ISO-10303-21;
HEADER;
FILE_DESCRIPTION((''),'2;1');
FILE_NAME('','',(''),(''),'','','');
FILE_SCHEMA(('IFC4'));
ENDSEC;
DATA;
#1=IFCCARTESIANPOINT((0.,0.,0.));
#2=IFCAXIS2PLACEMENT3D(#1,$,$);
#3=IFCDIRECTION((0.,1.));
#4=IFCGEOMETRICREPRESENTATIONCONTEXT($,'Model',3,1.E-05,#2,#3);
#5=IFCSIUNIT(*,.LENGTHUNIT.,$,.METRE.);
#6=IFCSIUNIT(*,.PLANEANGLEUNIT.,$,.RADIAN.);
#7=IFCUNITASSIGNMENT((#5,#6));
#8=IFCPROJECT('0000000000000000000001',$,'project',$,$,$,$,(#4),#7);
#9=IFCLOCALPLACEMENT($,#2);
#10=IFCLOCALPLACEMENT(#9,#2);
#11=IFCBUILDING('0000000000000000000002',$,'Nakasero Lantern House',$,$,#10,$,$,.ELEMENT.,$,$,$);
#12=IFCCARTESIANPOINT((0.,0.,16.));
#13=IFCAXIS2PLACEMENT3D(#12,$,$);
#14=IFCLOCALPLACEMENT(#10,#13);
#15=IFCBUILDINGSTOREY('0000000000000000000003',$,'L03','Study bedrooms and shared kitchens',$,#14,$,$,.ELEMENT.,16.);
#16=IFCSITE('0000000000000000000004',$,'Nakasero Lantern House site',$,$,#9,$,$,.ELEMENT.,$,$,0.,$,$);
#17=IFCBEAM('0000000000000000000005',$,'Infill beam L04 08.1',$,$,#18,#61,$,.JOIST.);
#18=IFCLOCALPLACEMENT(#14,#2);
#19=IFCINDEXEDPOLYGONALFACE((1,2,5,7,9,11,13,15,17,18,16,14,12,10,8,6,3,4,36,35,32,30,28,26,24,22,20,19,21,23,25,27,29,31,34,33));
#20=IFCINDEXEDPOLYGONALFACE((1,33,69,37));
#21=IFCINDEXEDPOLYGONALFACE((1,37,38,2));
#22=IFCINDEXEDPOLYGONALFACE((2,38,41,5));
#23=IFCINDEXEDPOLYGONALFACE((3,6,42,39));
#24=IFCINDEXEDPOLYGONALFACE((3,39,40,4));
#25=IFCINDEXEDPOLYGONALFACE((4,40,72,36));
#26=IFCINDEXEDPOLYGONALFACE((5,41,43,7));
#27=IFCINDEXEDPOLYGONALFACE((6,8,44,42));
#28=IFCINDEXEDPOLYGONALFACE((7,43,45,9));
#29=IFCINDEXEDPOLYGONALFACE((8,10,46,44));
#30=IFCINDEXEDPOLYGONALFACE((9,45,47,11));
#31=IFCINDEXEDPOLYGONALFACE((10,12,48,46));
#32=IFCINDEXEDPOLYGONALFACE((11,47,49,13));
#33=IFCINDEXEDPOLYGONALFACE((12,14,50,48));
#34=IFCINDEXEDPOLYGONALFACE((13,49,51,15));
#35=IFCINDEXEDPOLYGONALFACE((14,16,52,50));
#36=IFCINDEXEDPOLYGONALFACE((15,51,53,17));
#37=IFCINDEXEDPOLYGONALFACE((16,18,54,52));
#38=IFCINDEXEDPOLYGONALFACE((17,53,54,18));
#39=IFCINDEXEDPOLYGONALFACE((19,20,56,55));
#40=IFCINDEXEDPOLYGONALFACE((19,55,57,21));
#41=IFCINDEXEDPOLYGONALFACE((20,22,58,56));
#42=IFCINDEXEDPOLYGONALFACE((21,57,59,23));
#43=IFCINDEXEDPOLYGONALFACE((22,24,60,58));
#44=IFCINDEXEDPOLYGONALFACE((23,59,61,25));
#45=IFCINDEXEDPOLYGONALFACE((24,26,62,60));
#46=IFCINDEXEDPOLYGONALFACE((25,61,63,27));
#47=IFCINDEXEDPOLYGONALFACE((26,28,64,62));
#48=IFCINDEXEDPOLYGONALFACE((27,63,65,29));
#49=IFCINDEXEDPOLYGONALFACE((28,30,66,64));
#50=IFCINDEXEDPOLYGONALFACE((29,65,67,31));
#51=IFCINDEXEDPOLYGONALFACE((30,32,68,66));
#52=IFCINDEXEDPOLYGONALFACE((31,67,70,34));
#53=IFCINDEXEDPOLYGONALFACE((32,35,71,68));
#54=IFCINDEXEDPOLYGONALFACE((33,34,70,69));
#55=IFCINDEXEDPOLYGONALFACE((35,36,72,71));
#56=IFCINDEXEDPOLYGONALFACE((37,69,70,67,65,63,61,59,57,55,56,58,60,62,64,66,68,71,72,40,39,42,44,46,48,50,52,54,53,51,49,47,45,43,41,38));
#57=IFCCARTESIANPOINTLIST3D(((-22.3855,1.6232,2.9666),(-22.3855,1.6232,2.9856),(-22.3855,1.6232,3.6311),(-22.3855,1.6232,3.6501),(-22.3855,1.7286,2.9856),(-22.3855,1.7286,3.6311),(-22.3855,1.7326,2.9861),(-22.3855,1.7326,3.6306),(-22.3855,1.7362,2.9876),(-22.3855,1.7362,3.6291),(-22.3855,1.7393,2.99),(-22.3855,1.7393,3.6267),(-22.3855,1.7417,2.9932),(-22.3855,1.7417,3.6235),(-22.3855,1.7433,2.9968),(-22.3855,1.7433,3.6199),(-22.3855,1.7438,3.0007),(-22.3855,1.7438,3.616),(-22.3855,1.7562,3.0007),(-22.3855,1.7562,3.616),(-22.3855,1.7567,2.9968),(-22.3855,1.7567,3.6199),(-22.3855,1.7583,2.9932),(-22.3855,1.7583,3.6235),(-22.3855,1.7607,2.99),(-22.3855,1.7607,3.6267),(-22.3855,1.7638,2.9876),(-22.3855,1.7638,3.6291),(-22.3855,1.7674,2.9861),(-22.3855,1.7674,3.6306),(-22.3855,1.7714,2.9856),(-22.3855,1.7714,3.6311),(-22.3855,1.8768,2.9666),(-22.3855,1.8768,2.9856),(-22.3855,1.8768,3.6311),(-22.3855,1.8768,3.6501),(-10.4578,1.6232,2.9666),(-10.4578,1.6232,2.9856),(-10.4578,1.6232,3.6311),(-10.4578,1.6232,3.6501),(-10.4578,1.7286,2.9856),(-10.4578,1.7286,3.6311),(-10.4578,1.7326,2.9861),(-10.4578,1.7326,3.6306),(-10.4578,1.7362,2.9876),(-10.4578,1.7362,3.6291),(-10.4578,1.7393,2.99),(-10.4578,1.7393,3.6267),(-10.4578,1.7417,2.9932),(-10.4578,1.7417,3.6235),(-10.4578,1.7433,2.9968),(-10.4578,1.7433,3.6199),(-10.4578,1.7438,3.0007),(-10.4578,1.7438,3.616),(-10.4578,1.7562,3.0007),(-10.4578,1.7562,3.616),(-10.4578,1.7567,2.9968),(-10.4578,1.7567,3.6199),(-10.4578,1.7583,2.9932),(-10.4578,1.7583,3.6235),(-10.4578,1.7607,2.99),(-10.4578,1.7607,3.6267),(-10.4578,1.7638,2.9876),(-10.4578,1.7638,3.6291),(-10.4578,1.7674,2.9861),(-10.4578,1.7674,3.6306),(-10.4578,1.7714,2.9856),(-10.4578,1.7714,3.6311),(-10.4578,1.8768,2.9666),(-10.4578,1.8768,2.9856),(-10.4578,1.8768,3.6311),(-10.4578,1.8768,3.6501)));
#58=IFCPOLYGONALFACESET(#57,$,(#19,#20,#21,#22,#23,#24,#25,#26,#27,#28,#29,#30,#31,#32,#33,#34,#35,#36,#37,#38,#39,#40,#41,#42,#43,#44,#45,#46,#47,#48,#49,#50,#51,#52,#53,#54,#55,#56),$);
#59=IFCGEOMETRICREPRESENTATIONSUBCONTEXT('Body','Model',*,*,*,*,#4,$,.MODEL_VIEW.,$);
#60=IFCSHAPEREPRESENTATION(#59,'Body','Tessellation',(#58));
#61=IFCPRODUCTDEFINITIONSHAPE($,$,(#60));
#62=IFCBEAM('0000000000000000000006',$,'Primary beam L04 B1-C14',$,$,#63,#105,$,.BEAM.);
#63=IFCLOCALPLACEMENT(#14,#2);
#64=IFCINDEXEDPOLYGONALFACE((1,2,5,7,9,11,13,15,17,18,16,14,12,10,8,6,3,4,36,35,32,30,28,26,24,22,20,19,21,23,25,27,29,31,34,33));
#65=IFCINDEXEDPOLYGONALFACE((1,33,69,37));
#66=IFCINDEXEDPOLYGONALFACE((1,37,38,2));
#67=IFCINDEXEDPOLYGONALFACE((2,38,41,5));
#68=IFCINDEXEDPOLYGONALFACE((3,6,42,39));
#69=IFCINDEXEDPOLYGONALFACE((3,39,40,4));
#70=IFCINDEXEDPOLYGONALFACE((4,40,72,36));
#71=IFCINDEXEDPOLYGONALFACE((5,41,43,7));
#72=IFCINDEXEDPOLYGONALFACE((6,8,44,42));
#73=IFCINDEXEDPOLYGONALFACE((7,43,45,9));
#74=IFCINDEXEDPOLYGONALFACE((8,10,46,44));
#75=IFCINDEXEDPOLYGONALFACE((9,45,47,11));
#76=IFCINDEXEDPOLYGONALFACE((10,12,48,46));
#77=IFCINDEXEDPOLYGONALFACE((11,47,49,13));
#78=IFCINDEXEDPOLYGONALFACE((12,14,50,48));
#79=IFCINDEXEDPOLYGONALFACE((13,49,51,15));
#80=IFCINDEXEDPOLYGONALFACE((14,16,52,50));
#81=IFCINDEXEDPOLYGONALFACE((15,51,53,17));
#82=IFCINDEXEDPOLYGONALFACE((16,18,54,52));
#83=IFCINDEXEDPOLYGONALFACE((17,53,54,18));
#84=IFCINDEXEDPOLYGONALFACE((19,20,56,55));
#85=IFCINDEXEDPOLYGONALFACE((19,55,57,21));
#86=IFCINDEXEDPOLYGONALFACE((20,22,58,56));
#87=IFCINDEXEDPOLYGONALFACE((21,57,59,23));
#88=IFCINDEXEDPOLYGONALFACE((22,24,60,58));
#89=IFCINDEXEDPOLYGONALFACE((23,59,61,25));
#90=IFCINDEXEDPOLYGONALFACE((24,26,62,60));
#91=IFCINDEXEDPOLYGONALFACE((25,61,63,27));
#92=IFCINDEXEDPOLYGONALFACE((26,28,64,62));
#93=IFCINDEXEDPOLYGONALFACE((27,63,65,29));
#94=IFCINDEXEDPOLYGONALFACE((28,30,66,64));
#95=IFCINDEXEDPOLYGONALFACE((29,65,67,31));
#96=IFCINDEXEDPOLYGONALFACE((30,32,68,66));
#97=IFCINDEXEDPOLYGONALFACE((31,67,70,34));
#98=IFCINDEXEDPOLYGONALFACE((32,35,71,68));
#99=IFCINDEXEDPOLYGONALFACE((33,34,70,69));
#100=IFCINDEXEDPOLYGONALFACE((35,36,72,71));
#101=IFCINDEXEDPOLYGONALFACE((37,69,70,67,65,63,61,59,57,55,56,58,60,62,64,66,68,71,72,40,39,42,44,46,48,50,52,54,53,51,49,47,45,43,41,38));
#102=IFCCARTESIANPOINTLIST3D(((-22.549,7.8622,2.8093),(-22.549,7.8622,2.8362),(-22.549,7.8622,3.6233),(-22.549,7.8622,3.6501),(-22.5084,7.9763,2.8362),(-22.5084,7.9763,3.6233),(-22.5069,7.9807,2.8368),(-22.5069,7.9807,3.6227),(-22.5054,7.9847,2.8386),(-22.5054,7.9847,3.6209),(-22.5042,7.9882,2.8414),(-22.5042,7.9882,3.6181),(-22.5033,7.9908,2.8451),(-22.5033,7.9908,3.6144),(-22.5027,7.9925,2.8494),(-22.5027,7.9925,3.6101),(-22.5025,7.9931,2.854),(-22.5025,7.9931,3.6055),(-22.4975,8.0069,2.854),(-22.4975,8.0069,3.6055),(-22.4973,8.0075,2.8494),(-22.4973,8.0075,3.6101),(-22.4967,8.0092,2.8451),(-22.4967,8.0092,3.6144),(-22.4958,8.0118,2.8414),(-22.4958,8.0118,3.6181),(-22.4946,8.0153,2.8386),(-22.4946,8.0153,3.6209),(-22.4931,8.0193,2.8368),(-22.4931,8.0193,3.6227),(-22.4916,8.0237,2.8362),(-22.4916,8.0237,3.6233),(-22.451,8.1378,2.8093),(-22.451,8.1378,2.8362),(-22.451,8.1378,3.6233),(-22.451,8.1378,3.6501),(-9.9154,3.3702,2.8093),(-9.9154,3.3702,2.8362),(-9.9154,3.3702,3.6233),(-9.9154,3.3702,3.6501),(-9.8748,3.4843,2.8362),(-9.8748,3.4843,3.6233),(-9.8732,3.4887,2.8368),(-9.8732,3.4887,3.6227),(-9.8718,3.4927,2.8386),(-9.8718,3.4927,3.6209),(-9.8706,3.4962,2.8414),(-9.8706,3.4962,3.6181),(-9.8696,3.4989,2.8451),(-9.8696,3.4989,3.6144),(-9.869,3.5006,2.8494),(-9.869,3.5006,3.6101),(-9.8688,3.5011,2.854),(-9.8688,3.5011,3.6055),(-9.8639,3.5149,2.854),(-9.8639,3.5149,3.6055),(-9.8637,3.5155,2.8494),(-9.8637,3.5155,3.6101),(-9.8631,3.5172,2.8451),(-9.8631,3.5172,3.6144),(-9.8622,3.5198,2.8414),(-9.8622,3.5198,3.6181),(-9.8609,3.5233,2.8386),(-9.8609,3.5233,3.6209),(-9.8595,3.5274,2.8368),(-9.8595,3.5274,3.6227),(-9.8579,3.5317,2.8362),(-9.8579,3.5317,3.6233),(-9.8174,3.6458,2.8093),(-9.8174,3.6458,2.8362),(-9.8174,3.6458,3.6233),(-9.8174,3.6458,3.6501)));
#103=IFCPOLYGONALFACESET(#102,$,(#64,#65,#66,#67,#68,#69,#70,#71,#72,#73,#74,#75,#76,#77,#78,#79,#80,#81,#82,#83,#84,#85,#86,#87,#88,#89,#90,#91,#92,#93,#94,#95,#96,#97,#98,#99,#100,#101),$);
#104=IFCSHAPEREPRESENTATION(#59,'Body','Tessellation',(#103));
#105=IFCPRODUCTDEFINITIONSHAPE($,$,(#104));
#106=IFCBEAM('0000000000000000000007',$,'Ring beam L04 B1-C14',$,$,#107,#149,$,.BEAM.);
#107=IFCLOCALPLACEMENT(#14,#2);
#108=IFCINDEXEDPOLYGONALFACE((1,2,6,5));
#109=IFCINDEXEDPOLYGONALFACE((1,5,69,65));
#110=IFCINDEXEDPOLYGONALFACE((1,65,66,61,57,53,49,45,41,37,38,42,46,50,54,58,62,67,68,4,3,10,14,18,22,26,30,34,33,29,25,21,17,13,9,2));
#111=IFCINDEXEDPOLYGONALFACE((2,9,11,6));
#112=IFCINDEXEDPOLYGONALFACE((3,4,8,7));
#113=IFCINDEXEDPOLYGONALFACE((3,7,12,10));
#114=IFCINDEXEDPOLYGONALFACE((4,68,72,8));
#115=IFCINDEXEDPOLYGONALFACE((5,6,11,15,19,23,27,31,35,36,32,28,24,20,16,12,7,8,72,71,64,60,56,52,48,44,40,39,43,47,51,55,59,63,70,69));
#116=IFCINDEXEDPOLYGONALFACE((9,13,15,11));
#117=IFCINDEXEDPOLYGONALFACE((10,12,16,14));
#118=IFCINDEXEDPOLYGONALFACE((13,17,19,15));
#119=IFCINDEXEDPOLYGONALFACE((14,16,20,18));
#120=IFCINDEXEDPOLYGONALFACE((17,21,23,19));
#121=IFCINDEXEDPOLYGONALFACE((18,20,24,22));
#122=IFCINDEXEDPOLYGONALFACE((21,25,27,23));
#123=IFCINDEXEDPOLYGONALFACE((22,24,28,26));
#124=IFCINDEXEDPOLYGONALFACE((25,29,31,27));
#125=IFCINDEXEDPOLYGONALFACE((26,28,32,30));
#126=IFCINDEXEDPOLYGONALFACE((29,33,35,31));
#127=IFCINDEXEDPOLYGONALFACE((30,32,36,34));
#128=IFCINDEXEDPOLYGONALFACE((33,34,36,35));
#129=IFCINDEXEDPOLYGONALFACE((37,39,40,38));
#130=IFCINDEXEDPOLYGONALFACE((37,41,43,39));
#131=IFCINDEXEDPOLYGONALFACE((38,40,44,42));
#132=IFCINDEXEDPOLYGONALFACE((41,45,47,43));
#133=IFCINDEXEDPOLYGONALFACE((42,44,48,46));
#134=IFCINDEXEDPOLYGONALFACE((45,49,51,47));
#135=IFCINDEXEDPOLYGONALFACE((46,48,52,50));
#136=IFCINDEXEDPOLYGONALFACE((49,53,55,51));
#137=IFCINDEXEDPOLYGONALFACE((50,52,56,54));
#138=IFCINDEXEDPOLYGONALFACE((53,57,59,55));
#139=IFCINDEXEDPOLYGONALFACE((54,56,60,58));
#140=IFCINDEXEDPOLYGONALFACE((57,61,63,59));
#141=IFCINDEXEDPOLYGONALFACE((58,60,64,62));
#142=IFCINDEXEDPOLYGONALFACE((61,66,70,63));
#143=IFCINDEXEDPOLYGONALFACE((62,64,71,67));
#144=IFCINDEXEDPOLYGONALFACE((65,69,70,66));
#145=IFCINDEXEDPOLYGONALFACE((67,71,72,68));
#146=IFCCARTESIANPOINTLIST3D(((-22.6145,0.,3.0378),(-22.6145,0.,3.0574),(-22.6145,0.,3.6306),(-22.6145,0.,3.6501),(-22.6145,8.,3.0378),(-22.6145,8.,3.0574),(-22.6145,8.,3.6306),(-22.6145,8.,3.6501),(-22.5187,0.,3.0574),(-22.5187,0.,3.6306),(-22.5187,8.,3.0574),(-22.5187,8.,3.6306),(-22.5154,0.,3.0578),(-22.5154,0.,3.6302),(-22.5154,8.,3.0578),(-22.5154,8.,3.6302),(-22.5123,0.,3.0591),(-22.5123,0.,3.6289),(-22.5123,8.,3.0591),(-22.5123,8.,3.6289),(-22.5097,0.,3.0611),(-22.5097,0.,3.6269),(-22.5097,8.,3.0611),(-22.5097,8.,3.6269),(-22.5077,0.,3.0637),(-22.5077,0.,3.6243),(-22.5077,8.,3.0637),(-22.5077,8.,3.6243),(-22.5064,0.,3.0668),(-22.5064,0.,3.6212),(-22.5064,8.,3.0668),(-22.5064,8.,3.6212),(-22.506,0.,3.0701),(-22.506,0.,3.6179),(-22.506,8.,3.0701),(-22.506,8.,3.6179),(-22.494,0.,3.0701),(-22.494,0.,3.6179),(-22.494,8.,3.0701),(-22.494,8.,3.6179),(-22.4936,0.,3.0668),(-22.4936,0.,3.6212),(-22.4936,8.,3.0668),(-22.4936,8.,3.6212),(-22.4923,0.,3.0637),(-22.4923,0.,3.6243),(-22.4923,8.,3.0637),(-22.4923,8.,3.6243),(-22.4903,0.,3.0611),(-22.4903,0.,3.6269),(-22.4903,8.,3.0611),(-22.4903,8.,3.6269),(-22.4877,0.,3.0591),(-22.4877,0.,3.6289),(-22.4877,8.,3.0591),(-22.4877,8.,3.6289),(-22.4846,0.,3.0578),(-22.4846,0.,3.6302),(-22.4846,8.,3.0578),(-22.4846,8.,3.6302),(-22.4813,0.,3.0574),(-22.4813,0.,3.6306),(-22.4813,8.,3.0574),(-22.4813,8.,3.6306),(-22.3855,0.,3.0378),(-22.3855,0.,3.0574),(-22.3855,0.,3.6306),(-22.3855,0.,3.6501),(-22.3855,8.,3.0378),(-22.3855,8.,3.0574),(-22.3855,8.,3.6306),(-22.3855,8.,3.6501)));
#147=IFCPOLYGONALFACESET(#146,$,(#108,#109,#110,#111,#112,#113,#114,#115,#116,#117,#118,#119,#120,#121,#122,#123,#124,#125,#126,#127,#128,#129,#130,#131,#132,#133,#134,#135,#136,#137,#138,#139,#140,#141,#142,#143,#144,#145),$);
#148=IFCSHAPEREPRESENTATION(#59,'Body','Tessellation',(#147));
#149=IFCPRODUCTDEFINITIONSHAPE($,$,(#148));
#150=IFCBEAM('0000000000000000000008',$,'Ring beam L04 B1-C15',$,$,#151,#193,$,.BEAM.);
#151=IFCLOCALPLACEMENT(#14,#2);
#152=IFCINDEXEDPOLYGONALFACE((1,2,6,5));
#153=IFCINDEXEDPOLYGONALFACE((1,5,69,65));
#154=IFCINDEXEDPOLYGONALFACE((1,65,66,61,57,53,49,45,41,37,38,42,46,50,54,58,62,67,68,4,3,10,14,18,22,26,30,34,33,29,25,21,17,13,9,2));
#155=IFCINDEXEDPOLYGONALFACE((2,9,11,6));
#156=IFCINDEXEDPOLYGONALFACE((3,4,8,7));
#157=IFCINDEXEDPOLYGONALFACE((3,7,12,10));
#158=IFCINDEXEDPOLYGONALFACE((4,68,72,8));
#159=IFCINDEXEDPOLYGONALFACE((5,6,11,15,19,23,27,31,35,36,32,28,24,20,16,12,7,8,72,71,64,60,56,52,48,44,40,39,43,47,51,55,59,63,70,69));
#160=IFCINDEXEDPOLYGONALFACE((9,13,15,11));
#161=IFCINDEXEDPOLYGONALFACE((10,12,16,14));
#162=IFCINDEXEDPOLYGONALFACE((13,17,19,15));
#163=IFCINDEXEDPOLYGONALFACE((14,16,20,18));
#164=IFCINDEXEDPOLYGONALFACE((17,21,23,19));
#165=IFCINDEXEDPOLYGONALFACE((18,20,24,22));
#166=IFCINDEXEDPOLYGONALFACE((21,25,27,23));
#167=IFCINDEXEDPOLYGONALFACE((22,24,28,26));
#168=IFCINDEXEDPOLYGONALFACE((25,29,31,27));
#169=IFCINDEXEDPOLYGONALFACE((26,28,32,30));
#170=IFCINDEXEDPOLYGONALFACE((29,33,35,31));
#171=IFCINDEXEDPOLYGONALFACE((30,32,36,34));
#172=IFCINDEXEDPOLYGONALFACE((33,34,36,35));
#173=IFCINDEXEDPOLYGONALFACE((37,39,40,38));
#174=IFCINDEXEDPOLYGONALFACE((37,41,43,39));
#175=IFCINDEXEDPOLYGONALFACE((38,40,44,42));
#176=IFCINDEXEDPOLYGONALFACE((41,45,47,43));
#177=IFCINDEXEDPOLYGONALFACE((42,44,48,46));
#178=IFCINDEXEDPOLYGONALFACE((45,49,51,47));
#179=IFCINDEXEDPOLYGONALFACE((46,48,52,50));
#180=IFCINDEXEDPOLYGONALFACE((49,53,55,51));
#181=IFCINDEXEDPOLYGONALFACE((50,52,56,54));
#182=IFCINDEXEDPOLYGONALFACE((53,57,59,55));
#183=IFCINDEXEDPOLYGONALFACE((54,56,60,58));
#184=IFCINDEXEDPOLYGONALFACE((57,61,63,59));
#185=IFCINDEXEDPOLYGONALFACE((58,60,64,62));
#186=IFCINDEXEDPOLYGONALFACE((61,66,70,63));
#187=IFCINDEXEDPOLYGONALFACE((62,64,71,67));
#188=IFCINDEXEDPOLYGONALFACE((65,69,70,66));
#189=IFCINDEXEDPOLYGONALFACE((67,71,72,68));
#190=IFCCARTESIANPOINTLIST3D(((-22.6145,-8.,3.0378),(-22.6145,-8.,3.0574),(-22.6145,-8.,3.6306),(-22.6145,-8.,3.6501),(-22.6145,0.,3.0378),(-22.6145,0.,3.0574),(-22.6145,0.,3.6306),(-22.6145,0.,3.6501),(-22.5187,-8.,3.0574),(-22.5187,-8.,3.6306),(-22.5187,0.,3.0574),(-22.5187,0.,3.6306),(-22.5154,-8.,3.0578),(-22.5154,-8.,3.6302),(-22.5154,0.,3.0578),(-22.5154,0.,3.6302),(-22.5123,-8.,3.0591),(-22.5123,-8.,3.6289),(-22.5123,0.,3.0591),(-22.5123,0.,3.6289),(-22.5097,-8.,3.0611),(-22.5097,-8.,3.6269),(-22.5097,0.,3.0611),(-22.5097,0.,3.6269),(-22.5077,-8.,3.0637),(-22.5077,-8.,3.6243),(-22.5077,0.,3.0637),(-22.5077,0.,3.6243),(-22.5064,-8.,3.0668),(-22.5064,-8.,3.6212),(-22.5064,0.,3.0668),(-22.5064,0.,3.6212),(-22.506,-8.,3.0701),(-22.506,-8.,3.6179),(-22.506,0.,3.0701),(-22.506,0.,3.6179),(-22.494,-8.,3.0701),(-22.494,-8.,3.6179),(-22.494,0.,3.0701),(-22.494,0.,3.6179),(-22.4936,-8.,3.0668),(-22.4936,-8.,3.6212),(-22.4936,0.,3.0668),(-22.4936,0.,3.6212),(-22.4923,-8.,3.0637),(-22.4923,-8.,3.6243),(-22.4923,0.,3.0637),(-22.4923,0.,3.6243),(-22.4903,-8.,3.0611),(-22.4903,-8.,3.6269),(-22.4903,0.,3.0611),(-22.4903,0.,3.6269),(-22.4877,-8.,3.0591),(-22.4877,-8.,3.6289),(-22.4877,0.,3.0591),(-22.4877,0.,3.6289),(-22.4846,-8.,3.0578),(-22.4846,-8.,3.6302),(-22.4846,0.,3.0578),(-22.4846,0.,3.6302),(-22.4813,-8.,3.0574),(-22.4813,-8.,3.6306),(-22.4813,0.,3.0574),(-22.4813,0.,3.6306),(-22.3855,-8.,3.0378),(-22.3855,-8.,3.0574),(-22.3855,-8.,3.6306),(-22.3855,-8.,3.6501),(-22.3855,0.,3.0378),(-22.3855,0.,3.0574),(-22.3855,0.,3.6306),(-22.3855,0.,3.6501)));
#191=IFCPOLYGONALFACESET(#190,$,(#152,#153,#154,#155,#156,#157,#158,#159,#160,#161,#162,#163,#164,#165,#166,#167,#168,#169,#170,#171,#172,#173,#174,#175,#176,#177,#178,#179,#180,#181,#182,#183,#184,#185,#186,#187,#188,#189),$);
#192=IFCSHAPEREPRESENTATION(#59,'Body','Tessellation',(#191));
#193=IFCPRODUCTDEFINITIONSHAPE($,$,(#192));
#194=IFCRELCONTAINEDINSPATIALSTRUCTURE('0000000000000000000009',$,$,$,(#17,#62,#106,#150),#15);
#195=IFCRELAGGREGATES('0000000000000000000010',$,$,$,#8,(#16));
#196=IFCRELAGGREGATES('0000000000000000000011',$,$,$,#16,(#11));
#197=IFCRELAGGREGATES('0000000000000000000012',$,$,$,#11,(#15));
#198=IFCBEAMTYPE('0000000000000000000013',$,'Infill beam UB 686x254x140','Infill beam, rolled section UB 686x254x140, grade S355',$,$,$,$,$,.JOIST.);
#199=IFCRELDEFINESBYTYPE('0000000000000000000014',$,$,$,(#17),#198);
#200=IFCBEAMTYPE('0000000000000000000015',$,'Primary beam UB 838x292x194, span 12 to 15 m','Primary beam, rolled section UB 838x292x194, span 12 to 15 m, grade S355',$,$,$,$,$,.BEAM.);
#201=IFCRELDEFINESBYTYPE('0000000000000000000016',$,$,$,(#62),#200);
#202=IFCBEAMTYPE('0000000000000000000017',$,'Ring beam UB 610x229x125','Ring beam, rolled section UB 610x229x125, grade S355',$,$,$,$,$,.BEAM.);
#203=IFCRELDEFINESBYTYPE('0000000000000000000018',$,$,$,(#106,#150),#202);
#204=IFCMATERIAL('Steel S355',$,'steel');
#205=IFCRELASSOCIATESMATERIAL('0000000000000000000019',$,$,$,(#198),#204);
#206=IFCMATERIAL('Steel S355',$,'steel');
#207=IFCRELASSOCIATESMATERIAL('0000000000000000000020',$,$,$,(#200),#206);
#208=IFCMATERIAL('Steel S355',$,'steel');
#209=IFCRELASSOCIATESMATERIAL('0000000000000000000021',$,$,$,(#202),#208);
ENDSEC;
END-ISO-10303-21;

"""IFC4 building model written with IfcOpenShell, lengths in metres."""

from ifc_helpers import new_model, si_unit, direction, frame, origin, origin_2d, place, context, subcontext, project, spatial, i_section, extrude, material, material_profile, profile_set, type_object, element, save


model = new_model("IFC4")

# Units and contexts
model_context = context("Model", 3, precision=1e-05, world=origin(), true_north=direction((0.0, 1.0)))
body_context = subcontext(model_context, "Body", "Model", "MODEL_VIEW")
ifc_project = project(units=[si_unit("LENGTHUNIT", "METRE"), si_unit("PLANEANGLEUNIT", "RADIAN")], contexts=[model_context])

# Site, building, storey
site_placement = place(None, origin())
site = spatial("IfcSite", under=ifc_project, at=site_placement, Name="Nakasero Lantern House site", CompositionType="ELEMENT", RefElevation=0.0)
building_placement = place(site_placement, origin())
building = spatial("IfcBuilding", under=site, at=building_placement, Name="Nakasero Lantern House", CompositionType="ELEMENT")
storey_placement = place(building_placement, frame((0.0, 0.0, 16.0)))
storey = spatial("IfcBuildingStorey", under=building, at=storey_placement, Name="L03", Description="Study bedrooms and shared kitchens", CompositionType="ELEMENT", Elevation=16.0)

# Beams
ifc_material_1 = material(Name="Steel S355", Category="steel")
ifc_material_profile_1 = material_profile(ifc_material_1, i_section(OverallWidth=0.2537, OverallDepth=0.6836, WebThickness=0.0125, FlangeThickness=0.019, FilletRadius=0.0151, at=origin_2d()), Name="UB 686x254x140")
ifc_profile_set_1 = profile_set([ifc_material_profile_1], Name="Steel S355")
beam_type_1 = type_object("IfcBeamType", Name="Infill beam UB 686x254x140", Description="Infill beam, rolled section UB 686x254x140, grade S355", PredefinedType="JOIST", material=ifc_profile_set_1)
beam_1_placement = place(storey_placement, frame((-22.3855, 1.75, 3.3083), z_axis=(1.0, 0.0, 0.0), x_axis=(0.0, 1.0, 0.0)))
element("IfcBeam", 1, at=beam_1_placement, inside=storey, type_object=beam_type_1, Name="Infill beam L04 08.1", PredefinedType="JOIST", context=body_context, shape_type="SweptSolid", body=[
    extrude(i_section(OverallWidth=0.2537, OverallDepth=0.6836, WebThickness=0.0125, FlangeThickness=0.019, FilletRadius=0.0151, at=origin_2d()), origin(), (0.0, 0.0, 1.0), 11.9277),
])
ifc_material_2 = material(Name="Steel S355", Category="steel")
ifc_material_profile_2 = material_profile(ifc_material_2, i_section(OverallWidth=0.2925, OverallDepth=0.8408, WebThickness=0.0146, FlangeThickness=0.0269, FilletRadius=0.0178, at=origin_2d()), Name="UB 838x292x194")
ifc_profile_set_2 = profile_set([ifc_material_profile_2], Name="Steel S355")
beam_type_2 = type_object("IfcBeamType", Name="Primary beam UB 838x292x194, span 12 to 15 m", Description="Primary beam, rolled section UB 838x292x194, span 12 to 15 m, grade S355", PredefinedType="BEAM", material=ifc_profile_set_2)
beam_2_placement = place(storey_placement, frame((-22.5, 8.0, 3.2297), z_axis=(0.942214, -0.335011, 0.0), x_axis=(0.335011, 0.942214, 0.0)))
element("IfcBeam", 2, at=beam_2_placement, inside=storey, type_object=beam_type_2, Name="Primary beam L04 B1-C14", PredefinedType="BEAM", context=body_context, shape_type="SweptSolid", body=[
    extrude(i_section(OverallWidth=0.2925, OverallDepth=0.8408, WebThickness=0.0146, FlangeThickness=0.0269, FilletRadius=0.0178, at=origin_2d()), origin(), (0.0, 0.0, 1.0), 13.4084),
])
ifc_material_3 = material(Name="Steel S355", Category="steel")
ifc_material_profile_3 = material_profile(ifc_material_3, i_section(OverallWidth=0.229, OverallDepth=0.6123, WebThickness=0.012, FlangeThickness=0.0195, FilletRadius=0.0127, at=origin_2d()), Name="UB 610x229x125")
ifc_profile_set_3 = profile_set([ifc_material_profile_3], Name="Steel S355")
beam_type_3 = type_object("IfcBeamType", Name="Ring beam UB 610x229x125", Description="Ring beam, rolled section UB 610x229x125, grade S355", PredefinedType="BEAM", material=ifc_profile_set_3)
for number, where, z_axis, x_axis, name in (
    (3, (-22.5, 8.0, 3.344), (0.0, -1.0, 0.0), (1.0, 0.0, 0.0), "Ring beam L04 B1-C14"),
    (4, (-22.5, 0.0, 3.344), (0.0, -1.0, 0.0), (1.0, 0.0, 0.0), "Ring beam L04 B1-C15"),
):
    element("IfcBeam", number, at=place(storey_placement, frame(where, z_axis=z_axis, x_axis=x_axis)), inside=storey, type_object=beam_type_3, Name=name, PredefinedType="BEAM", context=body_context, shape_type="SweptSolid", body=[
        extrude(i_section(OverallWidth=0.229, OverallDepth=0.6123, WebThickness=0.012, FlangeThickness=0.0195, FilletRadius=0.0127, at=origin_2d()), origin(), (0.0, 0.0, 1.0), 8.0),
    ])

save(model, "model.ifc")
